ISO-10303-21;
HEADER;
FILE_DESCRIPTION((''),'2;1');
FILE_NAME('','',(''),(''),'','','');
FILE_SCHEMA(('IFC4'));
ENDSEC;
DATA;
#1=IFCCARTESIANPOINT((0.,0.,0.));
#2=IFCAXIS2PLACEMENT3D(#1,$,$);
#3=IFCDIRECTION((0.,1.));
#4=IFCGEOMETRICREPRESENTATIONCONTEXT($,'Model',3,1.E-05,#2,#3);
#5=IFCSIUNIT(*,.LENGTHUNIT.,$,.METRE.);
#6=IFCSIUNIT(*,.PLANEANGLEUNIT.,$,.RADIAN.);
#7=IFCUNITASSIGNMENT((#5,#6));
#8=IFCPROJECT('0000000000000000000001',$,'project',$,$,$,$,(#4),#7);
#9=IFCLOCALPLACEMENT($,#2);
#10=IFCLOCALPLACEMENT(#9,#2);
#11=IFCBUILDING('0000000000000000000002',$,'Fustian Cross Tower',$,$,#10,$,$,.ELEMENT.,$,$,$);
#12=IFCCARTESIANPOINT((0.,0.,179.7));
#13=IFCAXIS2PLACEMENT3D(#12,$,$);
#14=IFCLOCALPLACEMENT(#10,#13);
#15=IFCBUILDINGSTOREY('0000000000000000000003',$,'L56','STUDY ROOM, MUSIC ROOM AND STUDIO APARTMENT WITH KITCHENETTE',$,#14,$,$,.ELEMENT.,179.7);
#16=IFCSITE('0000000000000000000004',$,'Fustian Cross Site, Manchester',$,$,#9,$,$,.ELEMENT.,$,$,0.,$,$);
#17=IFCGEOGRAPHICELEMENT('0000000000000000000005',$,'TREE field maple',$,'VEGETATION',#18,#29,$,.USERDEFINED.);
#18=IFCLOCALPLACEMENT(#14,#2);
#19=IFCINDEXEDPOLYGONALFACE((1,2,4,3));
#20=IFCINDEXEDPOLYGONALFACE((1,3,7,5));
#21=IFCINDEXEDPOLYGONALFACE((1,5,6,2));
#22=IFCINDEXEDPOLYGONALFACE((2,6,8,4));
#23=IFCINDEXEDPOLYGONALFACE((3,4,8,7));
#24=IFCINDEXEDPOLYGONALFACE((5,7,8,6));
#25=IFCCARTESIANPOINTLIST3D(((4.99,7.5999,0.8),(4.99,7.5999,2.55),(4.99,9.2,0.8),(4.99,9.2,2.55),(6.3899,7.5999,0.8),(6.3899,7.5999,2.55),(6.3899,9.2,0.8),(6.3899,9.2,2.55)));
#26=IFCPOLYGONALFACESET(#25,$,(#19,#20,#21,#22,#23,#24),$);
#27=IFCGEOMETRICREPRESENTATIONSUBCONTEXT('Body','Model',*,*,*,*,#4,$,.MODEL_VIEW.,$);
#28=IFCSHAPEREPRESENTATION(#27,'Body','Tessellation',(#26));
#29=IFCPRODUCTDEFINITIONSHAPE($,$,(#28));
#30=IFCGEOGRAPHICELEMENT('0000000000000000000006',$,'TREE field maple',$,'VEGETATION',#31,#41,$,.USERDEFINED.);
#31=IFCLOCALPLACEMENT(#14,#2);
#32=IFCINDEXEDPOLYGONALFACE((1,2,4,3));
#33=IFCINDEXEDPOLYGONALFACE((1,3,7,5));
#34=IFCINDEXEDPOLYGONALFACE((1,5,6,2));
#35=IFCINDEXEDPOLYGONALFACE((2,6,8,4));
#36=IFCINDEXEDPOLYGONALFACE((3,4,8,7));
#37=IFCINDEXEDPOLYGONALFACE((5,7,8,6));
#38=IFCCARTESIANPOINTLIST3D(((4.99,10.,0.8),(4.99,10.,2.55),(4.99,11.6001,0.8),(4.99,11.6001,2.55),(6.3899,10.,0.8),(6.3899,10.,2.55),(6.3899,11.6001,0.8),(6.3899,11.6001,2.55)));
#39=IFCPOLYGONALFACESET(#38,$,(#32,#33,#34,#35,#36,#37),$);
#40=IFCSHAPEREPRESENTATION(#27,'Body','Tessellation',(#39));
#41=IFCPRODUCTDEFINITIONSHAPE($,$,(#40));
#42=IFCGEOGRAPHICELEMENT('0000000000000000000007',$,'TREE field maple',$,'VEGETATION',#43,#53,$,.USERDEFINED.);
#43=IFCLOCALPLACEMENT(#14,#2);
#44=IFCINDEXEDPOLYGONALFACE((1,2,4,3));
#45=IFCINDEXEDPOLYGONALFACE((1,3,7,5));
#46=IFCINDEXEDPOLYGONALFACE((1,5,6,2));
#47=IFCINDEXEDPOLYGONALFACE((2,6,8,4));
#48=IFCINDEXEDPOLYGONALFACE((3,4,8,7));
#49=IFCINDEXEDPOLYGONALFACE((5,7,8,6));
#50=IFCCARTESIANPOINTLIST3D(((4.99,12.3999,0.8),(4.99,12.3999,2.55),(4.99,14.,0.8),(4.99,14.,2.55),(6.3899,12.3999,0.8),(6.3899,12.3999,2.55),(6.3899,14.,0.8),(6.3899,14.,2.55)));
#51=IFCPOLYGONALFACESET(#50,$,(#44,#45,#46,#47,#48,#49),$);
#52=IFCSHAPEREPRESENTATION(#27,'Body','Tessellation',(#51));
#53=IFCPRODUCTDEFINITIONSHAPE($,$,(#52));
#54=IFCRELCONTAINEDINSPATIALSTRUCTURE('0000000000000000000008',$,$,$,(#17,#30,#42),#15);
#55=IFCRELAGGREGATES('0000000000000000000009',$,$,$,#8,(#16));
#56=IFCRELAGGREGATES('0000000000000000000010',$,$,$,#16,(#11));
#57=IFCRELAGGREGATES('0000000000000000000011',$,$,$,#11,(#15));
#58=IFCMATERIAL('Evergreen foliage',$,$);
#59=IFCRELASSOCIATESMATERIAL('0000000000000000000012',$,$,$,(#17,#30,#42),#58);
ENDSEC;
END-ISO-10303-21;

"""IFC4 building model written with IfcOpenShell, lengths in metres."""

from ifc_helpers import new_model, si_unit, direction, frame, origin, origin_2d, place, context, subcontext, project, spatial, rectangle, extrude, material, element, save


model = new_model("IFC4")

# Units and contexts
model_context = context("Model", 3, precision=1e-05, world=origin(), true_north=direction((0.0, 1.0)))
body_context = subcontext(model_context, "Body", "Model", "MODEL_VIEW")
ifc_project = project(units=[si_unit("LENGTHUNIT", "METRE"), si_unit("PLANEANGLEUNIT", "RADIAN")], contexts=[model_context])

# Site, building, storey
site_placement = place(None, origin())
site = spatial("IfcSite", under=ifc_project, at=site_placement, Name="Fustian Cross Site, Manchester", CompositionType="ELEMENT", RefElevation=0.0)
building_placement = place(site_placement, origin())
building = spatial("IfcBuilding", under=site, at=building_placement, Name="Fustian Cross Tower", CompositionType="ELEMENT")
storey_placement = place(building_placement, frame((0.0, 0.0, 179.7)))
storey = spatial("IfcBuildingStorey", under=building, at=storey_placement, Name="L56", Description="STUDY ROOM, MUSIC ROOM AND STUDIO APARTMENT WITH KITCHENETTE", CompositionType="ELEMENT", Elevation=179.7)

# Geographic elements
ifc_material_1 = material(Name="Evergreen foliage")
for number, where, z_axis, x_axis, name in (
    (1, (5.6899, 8.3999, 0.8), (0.0, 0.0, 1.0), (1.0, 0.0, 0.0), "TREE field maple"),
    (2, (5.6899, 10.8, 0.8), (0.0, 0.0, 1.0), (1.0, 0.0, 0.0), "TREE field maple"),
    (3, (5.6899, 13.2, 0.8), (0.0, 0.0, 1.0), (1.0, 0.0, 0.0), "TREE field maple"),
):
    element("IfcGeographicElement", number, at=place(storey_placement, frame(where, z_axis=z_axis, x_axis=x_axis)), inside=storey, material=ifc_material_1, Name=name, ObjectType="VEGETATION", PredefinedType="USERDEFINED", context=body_context, shape_type="SweptSolid", body=[
        extrude(rectangle(XDim=1.3999, YDim=1.6001, at=origin_2d()), origin(), (0.0, 0.0, 1.0), 1.75),
    ])

save(model, "model.ifc")
